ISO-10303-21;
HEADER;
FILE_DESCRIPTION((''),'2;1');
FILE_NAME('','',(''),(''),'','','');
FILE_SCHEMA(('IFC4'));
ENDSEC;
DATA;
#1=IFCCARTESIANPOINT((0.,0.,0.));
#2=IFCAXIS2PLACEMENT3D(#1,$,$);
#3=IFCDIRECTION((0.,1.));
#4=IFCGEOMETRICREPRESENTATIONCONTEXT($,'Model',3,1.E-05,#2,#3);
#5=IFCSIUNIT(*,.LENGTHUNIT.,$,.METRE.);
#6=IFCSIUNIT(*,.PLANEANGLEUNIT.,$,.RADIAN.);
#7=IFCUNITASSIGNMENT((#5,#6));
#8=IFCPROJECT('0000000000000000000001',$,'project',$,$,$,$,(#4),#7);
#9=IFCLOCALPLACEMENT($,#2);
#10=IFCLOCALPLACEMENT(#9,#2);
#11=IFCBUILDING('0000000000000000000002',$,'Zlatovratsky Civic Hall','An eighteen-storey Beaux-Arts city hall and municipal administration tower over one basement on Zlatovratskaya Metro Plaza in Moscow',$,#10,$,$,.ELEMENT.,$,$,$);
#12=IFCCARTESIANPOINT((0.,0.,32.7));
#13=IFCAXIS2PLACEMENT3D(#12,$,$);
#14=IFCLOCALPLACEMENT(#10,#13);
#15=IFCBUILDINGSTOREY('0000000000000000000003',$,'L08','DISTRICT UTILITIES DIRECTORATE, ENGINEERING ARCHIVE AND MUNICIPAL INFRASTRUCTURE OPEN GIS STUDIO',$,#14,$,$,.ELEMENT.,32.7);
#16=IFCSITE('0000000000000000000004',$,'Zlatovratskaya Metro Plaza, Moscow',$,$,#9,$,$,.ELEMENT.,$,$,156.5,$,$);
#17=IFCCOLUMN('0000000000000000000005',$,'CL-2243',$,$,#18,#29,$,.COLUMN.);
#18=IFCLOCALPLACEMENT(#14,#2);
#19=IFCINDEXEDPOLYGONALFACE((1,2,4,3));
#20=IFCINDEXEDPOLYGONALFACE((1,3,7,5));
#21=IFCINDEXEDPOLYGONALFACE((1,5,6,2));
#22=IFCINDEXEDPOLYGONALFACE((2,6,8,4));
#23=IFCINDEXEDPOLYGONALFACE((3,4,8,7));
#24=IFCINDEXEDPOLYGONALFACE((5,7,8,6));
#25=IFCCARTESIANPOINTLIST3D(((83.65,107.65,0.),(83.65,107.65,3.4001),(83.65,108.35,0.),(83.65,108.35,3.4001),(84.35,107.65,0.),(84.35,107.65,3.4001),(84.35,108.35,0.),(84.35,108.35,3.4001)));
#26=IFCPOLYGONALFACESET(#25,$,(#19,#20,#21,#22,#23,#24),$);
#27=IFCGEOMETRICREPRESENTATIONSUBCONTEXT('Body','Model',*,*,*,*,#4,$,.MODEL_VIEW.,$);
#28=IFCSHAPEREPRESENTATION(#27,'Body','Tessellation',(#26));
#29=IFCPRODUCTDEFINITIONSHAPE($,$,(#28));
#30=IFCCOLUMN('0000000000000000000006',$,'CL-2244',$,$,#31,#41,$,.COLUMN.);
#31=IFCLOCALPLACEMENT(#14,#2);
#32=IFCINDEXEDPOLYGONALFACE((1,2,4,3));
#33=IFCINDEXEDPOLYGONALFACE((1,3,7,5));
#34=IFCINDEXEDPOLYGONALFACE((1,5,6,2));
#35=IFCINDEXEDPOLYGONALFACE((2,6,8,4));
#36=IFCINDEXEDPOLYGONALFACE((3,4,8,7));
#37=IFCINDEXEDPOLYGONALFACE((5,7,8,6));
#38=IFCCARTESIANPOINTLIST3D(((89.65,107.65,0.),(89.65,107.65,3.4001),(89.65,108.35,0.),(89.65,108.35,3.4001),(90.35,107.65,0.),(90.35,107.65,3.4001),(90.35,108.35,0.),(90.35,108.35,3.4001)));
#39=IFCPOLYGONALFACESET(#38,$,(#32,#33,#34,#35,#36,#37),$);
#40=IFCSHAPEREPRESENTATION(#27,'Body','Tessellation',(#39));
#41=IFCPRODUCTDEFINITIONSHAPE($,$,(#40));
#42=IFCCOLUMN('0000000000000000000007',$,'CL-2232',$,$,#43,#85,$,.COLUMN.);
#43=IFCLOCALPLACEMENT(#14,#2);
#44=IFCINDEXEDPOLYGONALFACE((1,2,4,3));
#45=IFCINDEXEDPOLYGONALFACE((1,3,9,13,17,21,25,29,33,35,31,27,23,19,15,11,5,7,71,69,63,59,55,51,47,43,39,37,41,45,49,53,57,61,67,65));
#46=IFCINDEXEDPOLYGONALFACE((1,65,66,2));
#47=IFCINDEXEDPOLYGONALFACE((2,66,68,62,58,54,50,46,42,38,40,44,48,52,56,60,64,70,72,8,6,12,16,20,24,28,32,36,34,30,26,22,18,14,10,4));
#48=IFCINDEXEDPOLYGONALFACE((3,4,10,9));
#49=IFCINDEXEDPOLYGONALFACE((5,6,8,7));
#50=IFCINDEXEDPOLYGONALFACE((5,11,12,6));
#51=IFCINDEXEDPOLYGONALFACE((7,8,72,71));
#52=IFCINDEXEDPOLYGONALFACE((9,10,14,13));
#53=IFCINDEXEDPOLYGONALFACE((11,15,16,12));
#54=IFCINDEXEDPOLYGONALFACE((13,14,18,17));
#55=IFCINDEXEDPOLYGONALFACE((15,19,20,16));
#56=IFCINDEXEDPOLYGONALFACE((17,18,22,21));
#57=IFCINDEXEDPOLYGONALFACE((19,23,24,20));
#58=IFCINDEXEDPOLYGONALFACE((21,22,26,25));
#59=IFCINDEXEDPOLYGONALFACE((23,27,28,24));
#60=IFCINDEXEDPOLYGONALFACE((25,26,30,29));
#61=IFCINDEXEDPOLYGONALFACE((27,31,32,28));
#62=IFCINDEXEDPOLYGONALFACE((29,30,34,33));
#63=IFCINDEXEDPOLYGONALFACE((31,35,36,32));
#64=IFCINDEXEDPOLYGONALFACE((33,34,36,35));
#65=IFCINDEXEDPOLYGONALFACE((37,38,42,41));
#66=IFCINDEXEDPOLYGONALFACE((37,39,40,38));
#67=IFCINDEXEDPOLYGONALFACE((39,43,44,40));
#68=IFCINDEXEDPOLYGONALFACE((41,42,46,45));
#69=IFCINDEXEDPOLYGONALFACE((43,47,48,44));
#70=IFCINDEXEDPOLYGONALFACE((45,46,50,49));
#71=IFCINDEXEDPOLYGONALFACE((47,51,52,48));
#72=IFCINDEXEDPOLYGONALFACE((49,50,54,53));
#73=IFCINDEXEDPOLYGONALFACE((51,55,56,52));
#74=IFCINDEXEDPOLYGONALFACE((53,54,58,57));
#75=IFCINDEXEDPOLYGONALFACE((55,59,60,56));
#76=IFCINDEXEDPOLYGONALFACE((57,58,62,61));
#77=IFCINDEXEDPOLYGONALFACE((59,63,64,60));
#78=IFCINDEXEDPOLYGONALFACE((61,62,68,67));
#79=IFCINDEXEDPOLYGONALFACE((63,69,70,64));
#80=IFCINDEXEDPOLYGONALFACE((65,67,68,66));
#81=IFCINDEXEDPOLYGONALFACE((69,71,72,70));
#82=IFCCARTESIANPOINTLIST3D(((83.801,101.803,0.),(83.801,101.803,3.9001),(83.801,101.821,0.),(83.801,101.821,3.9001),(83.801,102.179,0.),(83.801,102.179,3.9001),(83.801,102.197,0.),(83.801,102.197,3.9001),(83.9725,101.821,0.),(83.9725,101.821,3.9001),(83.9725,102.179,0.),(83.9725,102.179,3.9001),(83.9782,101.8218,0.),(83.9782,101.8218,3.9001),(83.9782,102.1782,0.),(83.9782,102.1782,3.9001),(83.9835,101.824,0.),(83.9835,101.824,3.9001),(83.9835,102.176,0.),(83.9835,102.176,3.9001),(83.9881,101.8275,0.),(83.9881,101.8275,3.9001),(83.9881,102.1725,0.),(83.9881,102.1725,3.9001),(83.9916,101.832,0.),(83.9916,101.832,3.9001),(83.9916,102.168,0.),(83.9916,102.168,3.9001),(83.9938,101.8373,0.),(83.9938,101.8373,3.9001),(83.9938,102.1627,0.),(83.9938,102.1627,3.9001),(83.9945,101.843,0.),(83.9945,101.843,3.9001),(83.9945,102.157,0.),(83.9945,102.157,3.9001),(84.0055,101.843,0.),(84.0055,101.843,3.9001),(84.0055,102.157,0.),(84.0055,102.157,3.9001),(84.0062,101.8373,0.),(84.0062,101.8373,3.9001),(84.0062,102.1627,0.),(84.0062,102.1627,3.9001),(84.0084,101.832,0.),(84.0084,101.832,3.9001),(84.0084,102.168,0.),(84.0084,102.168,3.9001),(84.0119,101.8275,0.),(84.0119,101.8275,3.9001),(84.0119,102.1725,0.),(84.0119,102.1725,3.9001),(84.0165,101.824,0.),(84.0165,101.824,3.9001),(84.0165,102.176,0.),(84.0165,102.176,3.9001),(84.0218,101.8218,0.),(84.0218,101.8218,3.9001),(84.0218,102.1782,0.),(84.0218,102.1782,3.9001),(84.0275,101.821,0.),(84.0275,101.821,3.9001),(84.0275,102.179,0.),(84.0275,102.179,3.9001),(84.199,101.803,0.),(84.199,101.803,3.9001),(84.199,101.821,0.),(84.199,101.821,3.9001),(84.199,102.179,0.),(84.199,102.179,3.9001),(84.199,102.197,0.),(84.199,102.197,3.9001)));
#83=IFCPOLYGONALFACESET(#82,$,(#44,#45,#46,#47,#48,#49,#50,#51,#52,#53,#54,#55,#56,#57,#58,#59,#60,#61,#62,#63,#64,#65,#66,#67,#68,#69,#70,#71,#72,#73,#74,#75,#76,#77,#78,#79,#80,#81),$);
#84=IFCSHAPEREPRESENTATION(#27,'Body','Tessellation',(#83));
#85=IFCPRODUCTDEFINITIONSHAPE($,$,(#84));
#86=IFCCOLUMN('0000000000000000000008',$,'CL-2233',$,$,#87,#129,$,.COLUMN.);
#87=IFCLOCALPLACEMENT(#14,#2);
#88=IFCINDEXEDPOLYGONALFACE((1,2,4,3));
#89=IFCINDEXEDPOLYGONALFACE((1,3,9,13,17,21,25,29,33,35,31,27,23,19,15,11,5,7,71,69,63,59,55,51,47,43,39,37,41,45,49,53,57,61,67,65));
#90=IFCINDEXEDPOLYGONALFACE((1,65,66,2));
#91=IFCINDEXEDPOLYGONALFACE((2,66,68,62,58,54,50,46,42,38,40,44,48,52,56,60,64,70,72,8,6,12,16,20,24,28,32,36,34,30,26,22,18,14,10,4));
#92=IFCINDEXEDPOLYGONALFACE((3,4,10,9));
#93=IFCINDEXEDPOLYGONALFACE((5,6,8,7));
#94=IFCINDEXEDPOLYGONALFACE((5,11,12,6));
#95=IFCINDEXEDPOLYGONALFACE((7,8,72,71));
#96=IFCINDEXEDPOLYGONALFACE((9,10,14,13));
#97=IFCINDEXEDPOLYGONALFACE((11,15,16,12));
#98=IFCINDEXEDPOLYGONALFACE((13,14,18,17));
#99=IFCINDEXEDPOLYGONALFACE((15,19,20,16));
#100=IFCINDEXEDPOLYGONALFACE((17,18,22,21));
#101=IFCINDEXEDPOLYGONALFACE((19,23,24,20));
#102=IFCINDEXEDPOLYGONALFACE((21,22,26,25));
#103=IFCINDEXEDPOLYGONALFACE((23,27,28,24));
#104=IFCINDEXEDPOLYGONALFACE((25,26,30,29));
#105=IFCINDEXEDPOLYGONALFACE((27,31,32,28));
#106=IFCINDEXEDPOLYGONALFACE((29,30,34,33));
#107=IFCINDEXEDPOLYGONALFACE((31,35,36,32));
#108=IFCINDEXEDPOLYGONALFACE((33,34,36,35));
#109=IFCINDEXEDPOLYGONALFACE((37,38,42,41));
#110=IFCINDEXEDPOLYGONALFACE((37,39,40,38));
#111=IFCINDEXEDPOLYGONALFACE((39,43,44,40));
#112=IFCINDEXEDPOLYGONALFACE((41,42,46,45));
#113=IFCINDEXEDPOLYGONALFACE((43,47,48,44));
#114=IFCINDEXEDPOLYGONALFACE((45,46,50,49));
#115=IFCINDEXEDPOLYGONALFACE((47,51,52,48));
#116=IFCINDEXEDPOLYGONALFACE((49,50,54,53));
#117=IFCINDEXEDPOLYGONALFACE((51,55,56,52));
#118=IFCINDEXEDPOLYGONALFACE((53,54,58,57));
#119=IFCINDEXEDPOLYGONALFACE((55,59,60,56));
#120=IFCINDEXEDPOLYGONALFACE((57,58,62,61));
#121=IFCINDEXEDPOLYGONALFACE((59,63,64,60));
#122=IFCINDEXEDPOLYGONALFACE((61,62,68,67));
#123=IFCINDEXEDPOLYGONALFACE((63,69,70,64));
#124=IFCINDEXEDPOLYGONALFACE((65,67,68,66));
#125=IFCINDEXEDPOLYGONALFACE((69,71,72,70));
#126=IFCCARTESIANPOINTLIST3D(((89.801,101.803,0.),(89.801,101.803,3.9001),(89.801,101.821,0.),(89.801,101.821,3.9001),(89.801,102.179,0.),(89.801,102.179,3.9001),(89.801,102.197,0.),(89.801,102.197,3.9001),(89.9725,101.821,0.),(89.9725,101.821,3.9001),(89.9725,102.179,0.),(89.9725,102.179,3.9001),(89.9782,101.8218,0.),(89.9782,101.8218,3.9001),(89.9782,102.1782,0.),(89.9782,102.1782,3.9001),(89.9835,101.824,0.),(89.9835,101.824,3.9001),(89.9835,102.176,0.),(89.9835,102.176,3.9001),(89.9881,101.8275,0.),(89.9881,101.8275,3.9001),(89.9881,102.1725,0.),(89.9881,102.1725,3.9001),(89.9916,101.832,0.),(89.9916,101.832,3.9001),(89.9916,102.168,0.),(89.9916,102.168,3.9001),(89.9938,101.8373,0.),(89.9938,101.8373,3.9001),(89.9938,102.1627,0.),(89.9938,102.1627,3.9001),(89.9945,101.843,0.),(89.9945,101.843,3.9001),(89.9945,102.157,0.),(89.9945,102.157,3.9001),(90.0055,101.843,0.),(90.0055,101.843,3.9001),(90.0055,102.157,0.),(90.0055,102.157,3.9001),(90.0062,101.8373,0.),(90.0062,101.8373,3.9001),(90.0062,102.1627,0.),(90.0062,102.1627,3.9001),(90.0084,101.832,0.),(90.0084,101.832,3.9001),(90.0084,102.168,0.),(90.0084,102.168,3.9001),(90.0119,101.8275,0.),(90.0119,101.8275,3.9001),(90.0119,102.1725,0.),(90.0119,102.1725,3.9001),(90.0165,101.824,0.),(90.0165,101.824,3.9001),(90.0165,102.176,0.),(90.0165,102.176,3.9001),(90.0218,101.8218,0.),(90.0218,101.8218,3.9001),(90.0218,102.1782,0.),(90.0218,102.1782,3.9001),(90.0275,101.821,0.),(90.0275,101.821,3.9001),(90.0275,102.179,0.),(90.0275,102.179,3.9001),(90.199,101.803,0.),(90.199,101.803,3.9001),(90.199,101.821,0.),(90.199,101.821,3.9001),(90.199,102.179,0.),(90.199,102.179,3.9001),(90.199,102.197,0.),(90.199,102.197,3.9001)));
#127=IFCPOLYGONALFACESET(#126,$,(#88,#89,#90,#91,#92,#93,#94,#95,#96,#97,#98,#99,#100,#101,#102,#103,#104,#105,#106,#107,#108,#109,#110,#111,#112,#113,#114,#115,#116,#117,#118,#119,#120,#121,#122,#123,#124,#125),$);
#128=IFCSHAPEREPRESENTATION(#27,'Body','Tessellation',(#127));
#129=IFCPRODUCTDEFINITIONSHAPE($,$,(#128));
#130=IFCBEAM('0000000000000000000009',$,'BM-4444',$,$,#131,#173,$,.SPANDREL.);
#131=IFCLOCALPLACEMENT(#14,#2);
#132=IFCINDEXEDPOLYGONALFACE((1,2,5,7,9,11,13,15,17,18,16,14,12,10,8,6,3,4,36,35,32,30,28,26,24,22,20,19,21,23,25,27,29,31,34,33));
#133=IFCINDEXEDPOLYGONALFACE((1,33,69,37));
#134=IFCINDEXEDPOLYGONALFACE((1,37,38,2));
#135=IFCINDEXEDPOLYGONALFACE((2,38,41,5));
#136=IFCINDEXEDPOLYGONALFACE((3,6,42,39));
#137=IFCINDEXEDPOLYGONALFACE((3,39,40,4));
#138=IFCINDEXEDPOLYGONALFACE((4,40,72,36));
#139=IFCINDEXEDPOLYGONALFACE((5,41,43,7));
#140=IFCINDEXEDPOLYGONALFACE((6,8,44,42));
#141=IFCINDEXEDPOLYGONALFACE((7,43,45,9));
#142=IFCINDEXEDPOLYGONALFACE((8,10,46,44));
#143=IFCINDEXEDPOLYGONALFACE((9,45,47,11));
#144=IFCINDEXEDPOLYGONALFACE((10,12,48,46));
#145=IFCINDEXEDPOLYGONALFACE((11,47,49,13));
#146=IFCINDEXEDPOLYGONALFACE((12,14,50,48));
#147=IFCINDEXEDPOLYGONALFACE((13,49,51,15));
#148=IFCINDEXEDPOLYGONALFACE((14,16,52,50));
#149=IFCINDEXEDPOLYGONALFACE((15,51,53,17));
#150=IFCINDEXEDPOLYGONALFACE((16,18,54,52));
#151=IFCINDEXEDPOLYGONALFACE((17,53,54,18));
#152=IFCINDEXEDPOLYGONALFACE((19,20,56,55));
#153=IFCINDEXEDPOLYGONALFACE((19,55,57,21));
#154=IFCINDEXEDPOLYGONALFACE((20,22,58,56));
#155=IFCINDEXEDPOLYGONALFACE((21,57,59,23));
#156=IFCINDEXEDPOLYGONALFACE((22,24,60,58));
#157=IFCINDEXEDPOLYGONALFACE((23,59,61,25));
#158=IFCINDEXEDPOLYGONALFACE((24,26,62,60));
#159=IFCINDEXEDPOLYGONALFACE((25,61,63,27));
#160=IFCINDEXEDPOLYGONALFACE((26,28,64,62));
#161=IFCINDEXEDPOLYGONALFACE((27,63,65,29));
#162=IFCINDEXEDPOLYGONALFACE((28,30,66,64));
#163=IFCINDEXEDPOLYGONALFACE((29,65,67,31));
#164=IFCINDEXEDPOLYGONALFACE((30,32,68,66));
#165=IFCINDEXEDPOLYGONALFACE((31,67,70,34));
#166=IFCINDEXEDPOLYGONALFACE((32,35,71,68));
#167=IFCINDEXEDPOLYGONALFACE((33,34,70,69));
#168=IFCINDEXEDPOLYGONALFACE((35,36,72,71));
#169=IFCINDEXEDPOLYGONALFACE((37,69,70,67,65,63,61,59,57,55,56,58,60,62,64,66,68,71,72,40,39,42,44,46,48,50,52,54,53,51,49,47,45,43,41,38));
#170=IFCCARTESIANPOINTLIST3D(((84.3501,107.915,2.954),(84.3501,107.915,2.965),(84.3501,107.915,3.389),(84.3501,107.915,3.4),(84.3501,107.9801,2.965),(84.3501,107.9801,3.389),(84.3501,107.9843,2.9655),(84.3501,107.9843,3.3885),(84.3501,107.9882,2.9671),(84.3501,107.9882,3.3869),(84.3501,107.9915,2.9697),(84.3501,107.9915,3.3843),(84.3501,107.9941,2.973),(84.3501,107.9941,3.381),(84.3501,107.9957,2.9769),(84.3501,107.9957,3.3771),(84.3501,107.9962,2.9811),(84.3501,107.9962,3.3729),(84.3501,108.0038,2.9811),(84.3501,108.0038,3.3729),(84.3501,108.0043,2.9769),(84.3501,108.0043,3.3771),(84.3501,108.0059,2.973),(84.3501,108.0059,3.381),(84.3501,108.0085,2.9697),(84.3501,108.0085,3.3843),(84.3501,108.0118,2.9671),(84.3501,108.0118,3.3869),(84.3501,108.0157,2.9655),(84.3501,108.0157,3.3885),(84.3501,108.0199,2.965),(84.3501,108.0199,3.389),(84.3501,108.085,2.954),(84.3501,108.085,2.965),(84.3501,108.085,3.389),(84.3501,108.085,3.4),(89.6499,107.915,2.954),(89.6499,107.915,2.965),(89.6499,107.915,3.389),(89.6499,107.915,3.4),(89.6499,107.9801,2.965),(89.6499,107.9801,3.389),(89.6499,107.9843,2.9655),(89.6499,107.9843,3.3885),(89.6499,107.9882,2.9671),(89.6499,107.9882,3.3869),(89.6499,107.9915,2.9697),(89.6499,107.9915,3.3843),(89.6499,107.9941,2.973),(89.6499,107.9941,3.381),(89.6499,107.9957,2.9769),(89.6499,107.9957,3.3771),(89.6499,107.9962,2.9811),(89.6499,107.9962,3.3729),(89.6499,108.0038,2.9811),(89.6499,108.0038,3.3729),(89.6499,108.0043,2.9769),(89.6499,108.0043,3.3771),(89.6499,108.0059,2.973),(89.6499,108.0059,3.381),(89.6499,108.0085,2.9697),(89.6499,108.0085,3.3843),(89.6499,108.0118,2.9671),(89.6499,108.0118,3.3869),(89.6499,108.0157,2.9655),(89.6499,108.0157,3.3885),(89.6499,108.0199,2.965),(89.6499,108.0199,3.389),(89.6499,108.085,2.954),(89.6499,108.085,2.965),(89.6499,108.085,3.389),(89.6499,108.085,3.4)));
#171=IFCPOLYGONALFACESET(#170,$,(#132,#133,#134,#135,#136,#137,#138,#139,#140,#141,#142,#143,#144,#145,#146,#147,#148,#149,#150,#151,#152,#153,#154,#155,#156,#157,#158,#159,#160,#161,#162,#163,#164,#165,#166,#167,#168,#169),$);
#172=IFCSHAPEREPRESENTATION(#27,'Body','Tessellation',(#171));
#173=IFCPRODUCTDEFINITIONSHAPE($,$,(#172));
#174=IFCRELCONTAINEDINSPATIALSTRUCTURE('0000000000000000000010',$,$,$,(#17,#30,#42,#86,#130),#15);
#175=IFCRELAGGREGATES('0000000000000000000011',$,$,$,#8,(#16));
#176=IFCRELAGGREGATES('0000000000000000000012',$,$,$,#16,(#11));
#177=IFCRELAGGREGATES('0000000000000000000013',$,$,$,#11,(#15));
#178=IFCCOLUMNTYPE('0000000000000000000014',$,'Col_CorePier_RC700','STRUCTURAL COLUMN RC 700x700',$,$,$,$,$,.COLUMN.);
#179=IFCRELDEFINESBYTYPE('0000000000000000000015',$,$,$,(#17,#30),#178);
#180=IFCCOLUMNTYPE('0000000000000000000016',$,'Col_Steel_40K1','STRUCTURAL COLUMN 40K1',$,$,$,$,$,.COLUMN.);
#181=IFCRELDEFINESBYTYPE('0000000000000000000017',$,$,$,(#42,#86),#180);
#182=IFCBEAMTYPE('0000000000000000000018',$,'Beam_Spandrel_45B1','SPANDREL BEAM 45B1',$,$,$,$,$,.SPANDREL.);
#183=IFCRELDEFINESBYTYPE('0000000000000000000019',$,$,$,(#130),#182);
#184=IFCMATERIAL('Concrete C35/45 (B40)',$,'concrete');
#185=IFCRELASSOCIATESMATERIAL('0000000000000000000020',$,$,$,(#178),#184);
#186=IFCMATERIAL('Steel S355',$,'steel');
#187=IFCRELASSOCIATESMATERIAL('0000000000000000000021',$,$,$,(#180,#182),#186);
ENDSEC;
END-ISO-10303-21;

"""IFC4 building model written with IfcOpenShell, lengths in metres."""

from ifc_helpers import new_model, si_unit, direction, frame, origin, origin_2d, place, context, subcontext, project, spatial, rectangle, i_section, extrude, material, material_profile, profile_set, type_object, element, save


model = new_model("IFC4")

# Units and contexts
model_context = context("Model", 3, precision=1e-05, world=origin(), true_north=direction((0.0, 1.0)))
body_context = subcontext(model_context, "Body", "Model", "MODEL_VIEW")
ifc_project = project(units=[si_unit("LENGTHUNIT", "METRE"), si_unit("PLANEANGLEUNIT", "RADIAN")], contexts=[model_context])

# Site, building, storey
site_placement = place(None, origin())
site = spatial("IfcSite", under=ifc_project, at=site_placement, Name="Zlatovratskaya Metro Plaza, Moscow", CompositionType="ELEMENT", RefElevation=156.5)
building_placement = place(site_placement, origin())
building = spatial("IfcBuilding", under=site, at=building_placement, Name="Zlatovratsky Civic Hall", Description="An eighteen-storey Beaux-Arts city hall and municipal administration tower over one basement on Zlatovratskaya Metro Plaza in Moscow", CompositionType="ELEMENT")
storey_placement = place(building_placement, frame((0.0, 0.0, 32.7)))
storey = spatial("IfcBuildingStorey", under=building, at=storey_placement, Name="L08", Description="DISTRICT UTILITIES DIRECTORATE, ENGINEERING ARCHIVE AND MUNICIPAL INFRASTRUCTURE OPEN GIS STUDIO", CompositionType="ELEMENT", Elevation=32.7)

# Columns
ifc_material_1 = material(Name="Concrete C35/45 (B40)", Category="concrete")
ifc_material_profile_1 = material_profile(ifc_material_1, rectangle(XDim=0.7, YDim=0.7, at=origin_2d()), Name="RC 700x700")
ifc_profile_set_1 = profile_set([ifc_material_profile_1], Name="Concrete C35/45 (B40)")
column_type_1 = type_object("IfcColumnType", Name="Col_CorePier_RC700", Description="STRUCTURAL COLUMN RC 700x700", PredefinedType="COLUMN", material=ifc_profile_set_1)
for number, where, z_axis, x_axis, name in (
    (1, (84.0, 108.0, 0.0), (0.0, 0.0, 1.0), (1.0, 0.0, 0.0), "CL-2243"),
    (2, (90.0, 108.0, 0.0), (0.0, 0.0, 1.0), (1.0, 0.0, 0.0), "CL-2244"),
):
    element("IfcColumn", number, at=place(storey_placement, frame(where, z_axis=z_axis, x_axis=x_axis)), inside=storey, type_object=column_type_1, Name=name, PredefinedType="COLUMN", context=body_context, shape_type="SweptSolid", body=[
        extrude(rectangle(XDim=0.7, YDim=0.7, at=origin_2d()), origin(), (0.0, 0.0, 1.0), 3.4001),
    ])
ifc_material_2 = material(Name="Steel S355", Category="steel")
ifc_material_profile_2 = material_profile(ifc_material_2, i_section(OverallWidth=0.3979, OverallDepth=0.394, WebThickness=0.011, FlangeThickness=0.0181, FilletRadius=0.022, at=origin_2d()), Name="40K1")
ifc_profile_set_2 = profile_set([ifc_material_profile_2], Name="Steel S355")
column_type_2 = type_object("IfcColumnType", Name="Col_Steel_40K1", Description="STRUCTURAL COLUMN 40K1", PredefinedType="COLUMN", material=ifc_profile_set_2)
for number, where, z_axis, x_axis, name in (
    (3, (84.0, 102.0, 0.0), (0.0, 0.0, 1.0), (1.0, 0.0, 0.0), "CL-2232"),
    (4, (90.0, 102.0, 0.0), (0.0, 0.0, 1.0), (1.0, 0.0, 0.0), "CL-2233"),
):
    element("IfcColumn", number, at=place(storey_placement, frame(where, z_axis=z_axis, x_axis=x_axis)), inside=storey, type_object=column_type_2, Name=name, PredefinedType="COLUMN", context=body_context, shape_type="SweptSolid", body=[
        extrude(i_section(OverallWidth=0.3979, OverallDepth=0.394, WebThickness=0.011, FlangeThickness=0.0181, FilletRadius=0.022, at=origin_2d()), origin(), (0.0, 0.0, 1.0), 3.9001),
    ])

# Beam
ifc_material_profile_3 = material_profile(ifc_material_2, i_section(OverallWidth=0.1699, OverallDepth=0.446, WebThickness=0.0076, FlangeThickness=0.011, FilletRadius=0.0161, at=origin_2d()), Name="45B1")
ifc_profile_set_3 = profile_set([ifc_material_profile_3], Name="Steel S355")
beam_type_1 = type_object("IfcBeamType", Name="Beam_Spandrel_45B1", Description="SPANDREL BEAM 45B1", PredefinedType="SPANDREL", material=ifc_profile_set_3)
for number, where, z_axis, x_axis, name in (
    (5, (84.3501, 108.0, 3.177), (1.0, 0.0, 0.0), (0.0, 1.0, 0.0), "BM-4444"),
):
    element("IfcBeam", number, at=place(storey_placement, frame(where, z_axis=z_axis, x_axis=x_axis)), inside=storey, type_object=beam_type_1, Name=name, PredefinedType="SPANDREL", context=body_context, shape_type="SweptSolid", body=[
        extrude(i_section(OverallWidth=0.1699, OverallDepth=0.446, WebThickness=0.0076, FlangeThickness=0.011, FilletRadius=0.0161, at=origin_2d()), origin(), (0.0, 0.0, 1.0), 5.2998),
    ])

save(model, "model.ifc")
